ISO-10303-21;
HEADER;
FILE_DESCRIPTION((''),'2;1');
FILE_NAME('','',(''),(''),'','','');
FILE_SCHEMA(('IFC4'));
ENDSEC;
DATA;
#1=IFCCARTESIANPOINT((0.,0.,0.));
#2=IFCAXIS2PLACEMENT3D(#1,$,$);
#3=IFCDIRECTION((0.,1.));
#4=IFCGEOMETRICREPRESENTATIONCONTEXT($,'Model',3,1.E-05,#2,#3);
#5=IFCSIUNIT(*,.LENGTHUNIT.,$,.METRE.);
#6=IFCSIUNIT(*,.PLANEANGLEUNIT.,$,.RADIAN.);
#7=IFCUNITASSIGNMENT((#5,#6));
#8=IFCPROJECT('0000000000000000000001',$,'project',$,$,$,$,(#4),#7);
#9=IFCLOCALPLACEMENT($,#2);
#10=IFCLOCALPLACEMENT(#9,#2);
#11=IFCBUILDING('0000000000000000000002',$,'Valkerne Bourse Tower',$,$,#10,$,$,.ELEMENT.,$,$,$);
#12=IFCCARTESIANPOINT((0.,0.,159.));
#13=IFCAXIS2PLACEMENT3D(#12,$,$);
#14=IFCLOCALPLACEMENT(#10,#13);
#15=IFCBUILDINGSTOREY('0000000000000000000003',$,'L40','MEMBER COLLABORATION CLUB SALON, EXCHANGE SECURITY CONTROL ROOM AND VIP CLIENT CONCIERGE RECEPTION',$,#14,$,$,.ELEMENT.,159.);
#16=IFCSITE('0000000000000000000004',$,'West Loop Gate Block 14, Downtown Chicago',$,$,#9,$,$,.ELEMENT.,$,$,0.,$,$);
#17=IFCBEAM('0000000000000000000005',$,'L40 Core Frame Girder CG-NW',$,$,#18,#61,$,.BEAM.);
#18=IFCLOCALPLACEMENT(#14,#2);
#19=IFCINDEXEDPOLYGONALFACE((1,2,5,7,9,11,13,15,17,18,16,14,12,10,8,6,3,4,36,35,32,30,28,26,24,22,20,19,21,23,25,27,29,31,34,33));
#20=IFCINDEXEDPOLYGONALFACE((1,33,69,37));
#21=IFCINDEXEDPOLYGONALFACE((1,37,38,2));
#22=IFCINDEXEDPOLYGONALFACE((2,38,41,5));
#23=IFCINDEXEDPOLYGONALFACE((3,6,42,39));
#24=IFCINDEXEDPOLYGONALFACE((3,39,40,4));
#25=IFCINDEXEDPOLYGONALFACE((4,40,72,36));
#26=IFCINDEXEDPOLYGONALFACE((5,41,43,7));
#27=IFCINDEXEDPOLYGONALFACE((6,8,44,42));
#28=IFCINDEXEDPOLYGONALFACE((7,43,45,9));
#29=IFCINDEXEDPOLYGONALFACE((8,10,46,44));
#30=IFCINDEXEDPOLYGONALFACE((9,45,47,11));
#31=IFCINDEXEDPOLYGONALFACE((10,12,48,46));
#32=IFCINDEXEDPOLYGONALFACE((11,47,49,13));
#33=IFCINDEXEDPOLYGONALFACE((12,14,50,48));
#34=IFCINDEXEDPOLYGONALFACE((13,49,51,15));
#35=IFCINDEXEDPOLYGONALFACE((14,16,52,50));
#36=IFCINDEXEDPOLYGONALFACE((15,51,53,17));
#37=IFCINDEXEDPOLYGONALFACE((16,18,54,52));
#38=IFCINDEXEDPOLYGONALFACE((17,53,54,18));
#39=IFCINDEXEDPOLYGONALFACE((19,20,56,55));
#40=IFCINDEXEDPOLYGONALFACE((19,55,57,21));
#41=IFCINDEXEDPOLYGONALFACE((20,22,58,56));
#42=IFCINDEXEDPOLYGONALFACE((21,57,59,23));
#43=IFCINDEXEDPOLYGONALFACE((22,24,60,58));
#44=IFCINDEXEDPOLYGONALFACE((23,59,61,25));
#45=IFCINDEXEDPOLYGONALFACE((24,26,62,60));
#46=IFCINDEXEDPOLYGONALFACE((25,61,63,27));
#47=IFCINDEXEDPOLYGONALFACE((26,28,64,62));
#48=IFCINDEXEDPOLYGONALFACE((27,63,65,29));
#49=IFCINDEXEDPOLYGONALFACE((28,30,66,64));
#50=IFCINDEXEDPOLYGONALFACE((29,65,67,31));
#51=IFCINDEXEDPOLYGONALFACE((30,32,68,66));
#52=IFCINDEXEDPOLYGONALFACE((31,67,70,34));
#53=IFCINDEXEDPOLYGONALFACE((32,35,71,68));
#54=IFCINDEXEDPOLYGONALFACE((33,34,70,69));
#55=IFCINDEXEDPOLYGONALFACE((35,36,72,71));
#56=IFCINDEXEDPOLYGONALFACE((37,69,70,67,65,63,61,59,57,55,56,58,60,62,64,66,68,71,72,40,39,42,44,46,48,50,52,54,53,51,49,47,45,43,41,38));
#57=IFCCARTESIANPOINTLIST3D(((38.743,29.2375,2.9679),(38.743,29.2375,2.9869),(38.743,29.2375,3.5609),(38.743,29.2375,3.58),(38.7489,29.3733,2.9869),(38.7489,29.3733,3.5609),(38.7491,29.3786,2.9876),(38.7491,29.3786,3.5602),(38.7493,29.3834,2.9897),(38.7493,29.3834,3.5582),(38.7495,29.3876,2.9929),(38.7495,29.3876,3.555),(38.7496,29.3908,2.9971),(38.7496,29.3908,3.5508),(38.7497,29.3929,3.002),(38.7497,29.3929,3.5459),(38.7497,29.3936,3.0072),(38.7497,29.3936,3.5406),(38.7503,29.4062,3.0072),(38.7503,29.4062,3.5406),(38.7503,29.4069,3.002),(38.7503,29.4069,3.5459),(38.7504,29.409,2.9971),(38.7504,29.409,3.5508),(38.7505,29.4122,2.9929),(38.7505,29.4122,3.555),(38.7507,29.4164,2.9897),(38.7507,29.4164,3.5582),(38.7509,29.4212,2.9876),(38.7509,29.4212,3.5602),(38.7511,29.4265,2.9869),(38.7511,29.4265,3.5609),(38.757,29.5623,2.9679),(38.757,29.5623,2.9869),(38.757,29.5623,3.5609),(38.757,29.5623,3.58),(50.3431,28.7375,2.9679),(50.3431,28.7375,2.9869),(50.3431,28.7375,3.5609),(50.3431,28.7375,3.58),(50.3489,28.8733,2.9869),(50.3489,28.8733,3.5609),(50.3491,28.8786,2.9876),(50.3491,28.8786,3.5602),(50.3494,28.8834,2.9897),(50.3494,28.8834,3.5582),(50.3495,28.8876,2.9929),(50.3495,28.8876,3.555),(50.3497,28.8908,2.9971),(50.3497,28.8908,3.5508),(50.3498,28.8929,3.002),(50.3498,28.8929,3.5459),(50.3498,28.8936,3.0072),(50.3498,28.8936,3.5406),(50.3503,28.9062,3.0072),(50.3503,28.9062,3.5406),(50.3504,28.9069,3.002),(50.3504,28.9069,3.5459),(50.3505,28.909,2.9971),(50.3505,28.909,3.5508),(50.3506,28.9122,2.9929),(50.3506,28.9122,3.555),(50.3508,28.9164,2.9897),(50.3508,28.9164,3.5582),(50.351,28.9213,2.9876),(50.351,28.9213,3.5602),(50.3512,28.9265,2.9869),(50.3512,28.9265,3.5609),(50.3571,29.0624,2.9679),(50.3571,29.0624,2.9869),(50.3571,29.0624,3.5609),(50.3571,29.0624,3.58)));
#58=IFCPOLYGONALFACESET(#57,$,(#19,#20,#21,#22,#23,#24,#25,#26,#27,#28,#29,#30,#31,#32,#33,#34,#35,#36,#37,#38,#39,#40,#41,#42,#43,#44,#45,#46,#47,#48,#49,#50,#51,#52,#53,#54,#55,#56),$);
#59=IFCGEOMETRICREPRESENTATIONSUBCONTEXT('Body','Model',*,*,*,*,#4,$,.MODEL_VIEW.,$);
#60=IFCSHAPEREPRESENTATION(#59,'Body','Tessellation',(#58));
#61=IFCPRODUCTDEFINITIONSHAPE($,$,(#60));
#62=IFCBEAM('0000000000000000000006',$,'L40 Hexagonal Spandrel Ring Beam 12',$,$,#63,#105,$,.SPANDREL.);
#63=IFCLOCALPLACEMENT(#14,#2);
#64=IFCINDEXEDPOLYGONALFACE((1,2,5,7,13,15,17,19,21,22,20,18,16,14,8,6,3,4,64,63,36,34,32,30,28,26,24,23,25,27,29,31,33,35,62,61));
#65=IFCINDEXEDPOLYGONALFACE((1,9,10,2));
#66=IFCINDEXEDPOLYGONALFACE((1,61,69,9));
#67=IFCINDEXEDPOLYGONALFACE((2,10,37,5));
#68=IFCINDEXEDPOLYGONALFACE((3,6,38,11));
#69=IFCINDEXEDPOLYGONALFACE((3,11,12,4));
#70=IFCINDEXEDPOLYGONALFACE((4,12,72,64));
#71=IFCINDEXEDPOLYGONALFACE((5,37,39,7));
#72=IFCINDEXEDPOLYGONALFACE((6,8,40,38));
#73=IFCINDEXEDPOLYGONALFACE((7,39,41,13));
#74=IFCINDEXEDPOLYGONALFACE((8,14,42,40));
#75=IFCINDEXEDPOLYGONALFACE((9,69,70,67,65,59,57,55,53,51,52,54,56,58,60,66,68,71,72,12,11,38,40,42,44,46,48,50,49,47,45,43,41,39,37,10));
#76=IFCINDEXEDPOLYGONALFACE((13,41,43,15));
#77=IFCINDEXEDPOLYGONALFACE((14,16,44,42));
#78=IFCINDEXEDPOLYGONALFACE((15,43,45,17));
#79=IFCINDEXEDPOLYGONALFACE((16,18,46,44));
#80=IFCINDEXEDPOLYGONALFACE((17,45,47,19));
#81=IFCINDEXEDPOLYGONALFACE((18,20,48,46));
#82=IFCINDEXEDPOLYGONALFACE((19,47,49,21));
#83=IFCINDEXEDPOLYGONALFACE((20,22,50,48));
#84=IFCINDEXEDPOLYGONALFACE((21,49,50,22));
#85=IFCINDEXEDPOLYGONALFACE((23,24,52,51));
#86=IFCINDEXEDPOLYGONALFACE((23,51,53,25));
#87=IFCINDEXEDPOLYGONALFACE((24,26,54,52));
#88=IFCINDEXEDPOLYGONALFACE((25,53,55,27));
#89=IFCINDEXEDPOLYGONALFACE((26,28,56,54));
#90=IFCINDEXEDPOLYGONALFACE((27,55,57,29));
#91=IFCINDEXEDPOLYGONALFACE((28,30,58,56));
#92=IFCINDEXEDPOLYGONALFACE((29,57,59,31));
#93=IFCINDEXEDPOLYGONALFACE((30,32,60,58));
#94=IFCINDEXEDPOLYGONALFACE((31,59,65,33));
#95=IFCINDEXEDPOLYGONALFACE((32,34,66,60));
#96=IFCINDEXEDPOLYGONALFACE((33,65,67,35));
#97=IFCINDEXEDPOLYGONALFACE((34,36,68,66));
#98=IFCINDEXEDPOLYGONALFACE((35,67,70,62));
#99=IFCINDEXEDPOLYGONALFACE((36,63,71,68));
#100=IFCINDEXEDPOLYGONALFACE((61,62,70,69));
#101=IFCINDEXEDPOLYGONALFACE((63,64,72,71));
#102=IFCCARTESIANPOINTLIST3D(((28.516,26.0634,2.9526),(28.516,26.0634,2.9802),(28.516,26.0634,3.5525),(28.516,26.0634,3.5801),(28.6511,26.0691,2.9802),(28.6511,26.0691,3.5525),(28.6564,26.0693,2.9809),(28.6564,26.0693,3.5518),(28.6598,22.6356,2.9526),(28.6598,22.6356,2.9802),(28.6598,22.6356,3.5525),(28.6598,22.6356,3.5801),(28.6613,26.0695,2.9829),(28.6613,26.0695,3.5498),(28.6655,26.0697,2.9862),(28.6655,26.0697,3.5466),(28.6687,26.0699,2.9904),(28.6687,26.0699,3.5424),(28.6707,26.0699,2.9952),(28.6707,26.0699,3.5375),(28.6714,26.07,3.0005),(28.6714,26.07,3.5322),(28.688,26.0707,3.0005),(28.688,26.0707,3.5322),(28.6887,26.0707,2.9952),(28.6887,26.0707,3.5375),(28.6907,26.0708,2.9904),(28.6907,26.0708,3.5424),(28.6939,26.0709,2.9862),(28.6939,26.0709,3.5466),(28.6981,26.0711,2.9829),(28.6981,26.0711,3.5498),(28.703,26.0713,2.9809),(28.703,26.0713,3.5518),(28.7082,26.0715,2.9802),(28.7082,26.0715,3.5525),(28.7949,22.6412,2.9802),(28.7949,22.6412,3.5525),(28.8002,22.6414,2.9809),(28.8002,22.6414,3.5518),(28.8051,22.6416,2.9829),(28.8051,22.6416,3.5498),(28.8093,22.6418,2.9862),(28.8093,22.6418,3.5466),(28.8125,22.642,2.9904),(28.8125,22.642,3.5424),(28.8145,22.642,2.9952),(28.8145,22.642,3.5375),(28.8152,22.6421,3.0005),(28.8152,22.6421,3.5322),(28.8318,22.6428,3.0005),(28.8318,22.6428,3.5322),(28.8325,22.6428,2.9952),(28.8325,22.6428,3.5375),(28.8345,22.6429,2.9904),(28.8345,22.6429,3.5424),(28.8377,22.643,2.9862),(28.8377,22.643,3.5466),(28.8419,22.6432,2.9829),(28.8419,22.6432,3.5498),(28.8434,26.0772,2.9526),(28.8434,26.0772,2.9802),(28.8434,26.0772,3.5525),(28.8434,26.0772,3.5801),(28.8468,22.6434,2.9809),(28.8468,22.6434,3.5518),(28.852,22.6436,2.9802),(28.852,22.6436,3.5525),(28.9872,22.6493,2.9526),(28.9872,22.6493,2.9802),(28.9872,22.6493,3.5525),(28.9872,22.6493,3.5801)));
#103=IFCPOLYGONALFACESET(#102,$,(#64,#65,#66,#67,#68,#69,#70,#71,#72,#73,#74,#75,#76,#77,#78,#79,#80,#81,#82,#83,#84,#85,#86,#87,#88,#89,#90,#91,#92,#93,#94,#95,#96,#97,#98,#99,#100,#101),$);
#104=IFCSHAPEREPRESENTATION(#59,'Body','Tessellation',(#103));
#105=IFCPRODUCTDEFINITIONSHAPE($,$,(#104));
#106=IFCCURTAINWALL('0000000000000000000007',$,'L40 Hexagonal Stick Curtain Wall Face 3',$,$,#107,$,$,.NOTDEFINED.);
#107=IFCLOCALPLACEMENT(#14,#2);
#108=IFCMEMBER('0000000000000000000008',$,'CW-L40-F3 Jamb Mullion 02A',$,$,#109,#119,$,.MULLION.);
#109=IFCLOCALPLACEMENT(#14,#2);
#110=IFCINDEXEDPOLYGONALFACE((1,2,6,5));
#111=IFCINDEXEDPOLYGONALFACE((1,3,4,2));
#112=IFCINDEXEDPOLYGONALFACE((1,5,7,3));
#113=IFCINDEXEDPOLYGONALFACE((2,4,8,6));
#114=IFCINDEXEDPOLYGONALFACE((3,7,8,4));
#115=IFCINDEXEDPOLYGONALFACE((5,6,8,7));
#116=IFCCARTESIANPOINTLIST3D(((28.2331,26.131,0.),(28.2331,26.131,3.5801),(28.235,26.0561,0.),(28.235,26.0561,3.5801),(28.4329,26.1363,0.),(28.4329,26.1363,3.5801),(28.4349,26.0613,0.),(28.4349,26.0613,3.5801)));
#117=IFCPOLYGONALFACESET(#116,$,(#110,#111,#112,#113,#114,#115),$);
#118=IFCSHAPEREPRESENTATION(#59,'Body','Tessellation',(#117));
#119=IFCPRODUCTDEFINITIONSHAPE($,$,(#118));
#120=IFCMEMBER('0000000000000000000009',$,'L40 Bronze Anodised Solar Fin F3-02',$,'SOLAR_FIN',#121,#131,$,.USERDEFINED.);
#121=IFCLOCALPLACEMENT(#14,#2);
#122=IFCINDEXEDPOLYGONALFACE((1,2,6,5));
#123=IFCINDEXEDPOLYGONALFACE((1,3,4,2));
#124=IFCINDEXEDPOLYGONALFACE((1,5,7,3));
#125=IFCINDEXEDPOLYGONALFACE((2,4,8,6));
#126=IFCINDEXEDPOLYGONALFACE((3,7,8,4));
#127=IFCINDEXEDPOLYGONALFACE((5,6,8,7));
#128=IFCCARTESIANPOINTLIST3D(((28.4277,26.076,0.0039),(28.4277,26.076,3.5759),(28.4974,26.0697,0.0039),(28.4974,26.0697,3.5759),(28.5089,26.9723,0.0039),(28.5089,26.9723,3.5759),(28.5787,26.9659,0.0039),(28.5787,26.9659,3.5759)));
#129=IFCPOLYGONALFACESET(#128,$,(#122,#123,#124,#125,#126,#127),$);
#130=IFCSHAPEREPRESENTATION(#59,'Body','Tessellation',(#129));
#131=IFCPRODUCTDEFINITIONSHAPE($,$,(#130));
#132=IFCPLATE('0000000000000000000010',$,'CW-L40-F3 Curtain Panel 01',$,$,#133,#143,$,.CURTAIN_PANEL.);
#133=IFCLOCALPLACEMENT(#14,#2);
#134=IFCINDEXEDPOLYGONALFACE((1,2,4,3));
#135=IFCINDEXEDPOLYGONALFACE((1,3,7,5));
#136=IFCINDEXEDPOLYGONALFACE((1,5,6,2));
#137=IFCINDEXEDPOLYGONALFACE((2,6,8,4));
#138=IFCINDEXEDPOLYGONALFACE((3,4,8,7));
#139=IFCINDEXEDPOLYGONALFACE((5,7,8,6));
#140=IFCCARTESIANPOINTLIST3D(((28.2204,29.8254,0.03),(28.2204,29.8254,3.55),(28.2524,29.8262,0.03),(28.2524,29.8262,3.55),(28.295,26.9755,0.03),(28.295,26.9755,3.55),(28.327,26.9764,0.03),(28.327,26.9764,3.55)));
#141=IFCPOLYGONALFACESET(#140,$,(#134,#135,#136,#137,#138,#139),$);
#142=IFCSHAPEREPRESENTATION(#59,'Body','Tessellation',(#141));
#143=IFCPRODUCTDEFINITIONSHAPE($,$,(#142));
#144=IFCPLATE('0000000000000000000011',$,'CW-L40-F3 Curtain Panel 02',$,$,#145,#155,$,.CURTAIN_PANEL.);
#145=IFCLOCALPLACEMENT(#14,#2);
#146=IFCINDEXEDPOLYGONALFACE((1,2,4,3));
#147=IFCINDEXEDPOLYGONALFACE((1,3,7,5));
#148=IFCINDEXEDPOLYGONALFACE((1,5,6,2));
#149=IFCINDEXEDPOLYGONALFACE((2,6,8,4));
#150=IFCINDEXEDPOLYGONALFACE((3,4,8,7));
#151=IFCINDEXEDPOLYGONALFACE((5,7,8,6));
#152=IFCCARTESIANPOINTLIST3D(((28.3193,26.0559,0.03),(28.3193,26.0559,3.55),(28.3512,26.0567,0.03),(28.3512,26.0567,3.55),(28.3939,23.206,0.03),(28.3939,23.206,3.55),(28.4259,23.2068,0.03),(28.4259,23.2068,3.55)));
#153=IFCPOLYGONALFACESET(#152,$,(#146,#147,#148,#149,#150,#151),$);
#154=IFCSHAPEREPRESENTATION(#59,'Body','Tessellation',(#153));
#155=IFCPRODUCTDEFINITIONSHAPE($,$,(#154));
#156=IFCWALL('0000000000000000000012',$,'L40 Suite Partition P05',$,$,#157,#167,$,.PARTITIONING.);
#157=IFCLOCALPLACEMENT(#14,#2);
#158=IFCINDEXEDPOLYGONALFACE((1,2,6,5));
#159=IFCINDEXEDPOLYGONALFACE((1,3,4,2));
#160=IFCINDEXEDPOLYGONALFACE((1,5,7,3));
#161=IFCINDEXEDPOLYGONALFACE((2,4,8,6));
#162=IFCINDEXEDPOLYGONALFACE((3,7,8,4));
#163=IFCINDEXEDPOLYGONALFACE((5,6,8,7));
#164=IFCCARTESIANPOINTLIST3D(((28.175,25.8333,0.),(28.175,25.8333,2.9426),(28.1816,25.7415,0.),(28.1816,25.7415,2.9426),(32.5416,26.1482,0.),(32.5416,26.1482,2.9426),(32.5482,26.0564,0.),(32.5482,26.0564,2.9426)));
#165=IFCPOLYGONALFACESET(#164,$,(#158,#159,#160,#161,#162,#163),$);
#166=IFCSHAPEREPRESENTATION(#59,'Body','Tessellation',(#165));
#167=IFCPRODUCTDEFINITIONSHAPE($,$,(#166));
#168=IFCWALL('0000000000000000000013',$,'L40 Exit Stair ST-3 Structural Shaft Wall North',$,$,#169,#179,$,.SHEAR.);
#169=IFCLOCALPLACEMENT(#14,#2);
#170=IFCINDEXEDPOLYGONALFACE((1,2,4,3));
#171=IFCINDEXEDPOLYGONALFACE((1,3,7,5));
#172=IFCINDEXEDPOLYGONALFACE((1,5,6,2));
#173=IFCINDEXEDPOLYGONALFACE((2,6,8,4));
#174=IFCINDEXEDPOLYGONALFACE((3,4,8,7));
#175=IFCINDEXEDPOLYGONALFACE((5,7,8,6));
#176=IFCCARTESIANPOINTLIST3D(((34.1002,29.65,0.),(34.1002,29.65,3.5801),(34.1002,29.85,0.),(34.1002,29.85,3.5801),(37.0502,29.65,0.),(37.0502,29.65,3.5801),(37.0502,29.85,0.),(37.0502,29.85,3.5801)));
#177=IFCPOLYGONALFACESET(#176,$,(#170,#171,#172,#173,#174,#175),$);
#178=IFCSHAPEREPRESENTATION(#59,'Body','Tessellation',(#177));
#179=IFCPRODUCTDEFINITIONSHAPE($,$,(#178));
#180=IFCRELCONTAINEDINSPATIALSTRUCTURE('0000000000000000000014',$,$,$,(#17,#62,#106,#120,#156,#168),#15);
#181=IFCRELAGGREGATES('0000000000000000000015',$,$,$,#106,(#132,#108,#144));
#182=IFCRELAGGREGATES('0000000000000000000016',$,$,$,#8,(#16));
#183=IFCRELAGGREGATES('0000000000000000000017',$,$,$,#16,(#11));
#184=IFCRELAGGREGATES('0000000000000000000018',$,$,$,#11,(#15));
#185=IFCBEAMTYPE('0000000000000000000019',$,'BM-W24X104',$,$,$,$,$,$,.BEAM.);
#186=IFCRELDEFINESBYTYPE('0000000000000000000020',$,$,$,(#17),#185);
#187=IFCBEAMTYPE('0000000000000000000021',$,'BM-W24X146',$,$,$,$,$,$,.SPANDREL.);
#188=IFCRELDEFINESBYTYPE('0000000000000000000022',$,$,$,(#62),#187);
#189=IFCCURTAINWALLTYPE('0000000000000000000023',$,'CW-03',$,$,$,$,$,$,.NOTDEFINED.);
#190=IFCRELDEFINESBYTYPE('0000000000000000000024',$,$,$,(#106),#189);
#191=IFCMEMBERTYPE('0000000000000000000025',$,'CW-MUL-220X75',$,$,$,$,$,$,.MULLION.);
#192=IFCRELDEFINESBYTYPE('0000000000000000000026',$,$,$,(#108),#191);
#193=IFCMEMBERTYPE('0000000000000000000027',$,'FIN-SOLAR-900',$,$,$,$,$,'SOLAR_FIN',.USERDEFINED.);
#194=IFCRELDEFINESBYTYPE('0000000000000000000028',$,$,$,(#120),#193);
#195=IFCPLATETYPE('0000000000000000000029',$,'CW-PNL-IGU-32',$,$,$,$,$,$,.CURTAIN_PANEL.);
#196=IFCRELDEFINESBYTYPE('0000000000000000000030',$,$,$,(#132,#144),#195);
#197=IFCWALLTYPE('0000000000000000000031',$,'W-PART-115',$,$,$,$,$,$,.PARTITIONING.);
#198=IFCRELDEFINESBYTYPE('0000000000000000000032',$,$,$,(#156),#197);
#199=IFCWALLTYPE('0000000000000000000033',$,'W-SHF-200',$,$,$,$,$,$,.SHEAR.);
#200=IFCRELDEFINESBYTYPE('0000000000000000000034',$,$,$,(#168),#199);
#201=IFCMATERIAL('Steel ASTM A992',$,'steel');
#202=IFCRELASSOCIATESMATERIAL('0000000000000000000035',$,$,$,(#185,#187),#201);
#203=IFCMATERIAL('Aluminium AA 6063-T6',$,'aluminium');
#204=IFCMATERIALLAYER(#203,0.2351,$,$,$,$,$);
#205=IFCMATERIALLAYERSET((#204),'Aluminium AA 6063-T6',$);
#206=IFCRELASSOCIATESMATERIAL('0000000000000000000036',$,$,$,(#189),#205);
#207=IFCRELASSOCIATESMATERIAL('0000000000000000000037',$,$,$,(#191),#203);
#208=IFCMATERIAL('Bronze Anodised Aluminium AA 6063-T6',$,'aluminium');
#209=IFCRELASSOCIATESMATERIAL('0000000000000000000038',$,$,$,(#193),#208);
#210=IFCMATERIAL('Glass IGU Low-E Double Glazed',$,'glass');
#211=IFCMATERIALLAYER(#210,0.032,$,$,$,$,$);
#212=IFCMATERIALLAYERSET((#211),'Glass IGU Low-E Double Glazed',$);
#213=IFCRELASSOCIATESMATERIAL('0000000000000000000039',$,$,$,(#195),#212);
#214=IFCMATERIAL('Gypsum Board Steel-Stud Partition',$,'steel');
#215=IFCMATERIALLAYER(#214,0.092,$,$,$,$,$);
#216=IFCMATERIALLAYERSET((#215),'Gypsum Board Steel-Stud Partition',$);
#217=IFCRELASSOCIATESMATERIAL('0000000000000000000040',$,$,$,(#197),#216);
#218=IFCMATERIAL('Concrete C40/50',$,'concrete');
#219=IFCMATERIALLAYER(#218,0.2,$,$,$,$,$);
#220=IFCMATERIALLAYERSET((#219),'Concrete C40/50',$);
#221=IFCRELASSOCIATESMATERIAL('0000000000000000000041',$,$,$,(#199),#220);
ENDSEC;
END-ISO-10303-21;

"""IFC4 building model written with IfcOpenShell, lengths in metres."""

from ifc_helpers import new_model, si_unit, direction, frame, frame_2d, origin, origin_2d, place, context, subcontext, project, spatial, rectangle, i_section, extrude, material, layer, layer_set, material_profile, profile_set, type_object, element, aggregate, save


model = new_model("IFC4")

# Units and contexts
model_context = context("Model", 3, precision=1e-05, world=origin(), true_north=direction((0.0, 1.0)))
body_context = subcontext(model_context, "Body", "Model", "MODEL_VIEW")
ifc_project = project(units=[si_unit("LENGTHUNIT", "METRE"), si_unit("PLANEANGLEUNIT", "RADIAN")], contexts=[model_context])

# Site, building, storey
site_placement = place(None, origin())
site = spatial("IfcSite", under=ifc_project, at=site_placement, Name="West Loop Gate Block 14, Downtown Chicago", CompositionType="ELEMENT", RefElevation=0.0)
building_placement = place(site_placement, origin())
building = spatial("IfcBuilding", under=site, at=building_placement, Name="Valkerne Bourse Tower", CompositionType="ELEMENT")
storey_placement = place(building_placement, frame((0.0, 0.0, 159.0)))
storey = spatial("IfcBuildingStorey", under=building, at=storey_placement, Name="L40", Description="MEMBER COLLABORATION CLUB SALON, EXCHANGE SECURITY CONTROL ROOM AND VIP CLIENT CONCIERGE RECEPTION", CompositionType="ELEMENT", Elevation=159.0)

# Beams
ifc_material_1 = material(Name="Steel ASTM A992", Category="steel")
ifc_material_profile_1 = material_profile(ifc_material_1, i_section(OverallWidth=0.3252, OverallDepth=0.6121, WebThickness=0.0127, FlangeThickness=0.019, FilletRadius=0.0203, at=origin_2d()), Name="W24X104")
ifc_profile_set_1 = profile_set([ifc_material_profile_1], Name="Steel ASTM A992")
beam_type_1 = type_object("IfcBeamType", Name="BM-W24X104", PredefinedType="BEAM", material=ifc_profile_set_1)
beam_1_placement = place(storey_placement, frame((38.75, 29.3999, 3.2739), z_axis=(0.999072, -0.043063, 0.0), x_axis=(0.043063, 0.999072, 0.0)))
element("IfcBeam", 1, at=beam_1_placement, inside=storey, type_object=beam_type_1, Name="L40 Core Frame Girder CG-NW", PredefinedType="BEAM", context=body_context, shape_type="SweptSolid", body=[
    extrude(i_section(OverallWidth=0.3252, OverallDepth=0.6121, WebThickness=0.0127, FlangeThickness=0.019, FilletRadius=0.0203, at=origin_2d()), origin(), (0.0, 0.0, 1.0), 11.6108),
])
ifc_material_profile_2 = material_profile(ifc_material_1, i_section(OverallWidth=0.3276, OverallDepth=0.6274, WebThickness=0.0166, FlangeThickness=0.0276, FilletRadius=0.0203, at=origin_2d()), Name="W24X146")
ifc_profile_set_2 = profile_set([ifc_material_profile_2], Name="Steel ASTM A992")
beam_type_2 = type_object("IfcBeamType", Name="BM-W24X146", PredefinedType="SPANDREL", material=ifc_profile_set_2)
beam_2_placement = place(storey_placement, frame((28.6797, 26.0703, 3.2664), z_axis=(0.041912, -0.999121, 0.0), x_axis=(0.999121, 0.041912, 0.0)))
element("IfcBeam", 2, at=beam_2_placement, inside=storey, type_object=beam_type_2, Name="L40 Hexagonal Spandrel Ring Beam 12", PredefinedType="SPANDREL", context=body_context, shape_type="SweptSolid", body=[
    extrude(i_section(OverallWidth=0.3276, OverallDepth=0.6274, WebThickness=0.0166, FlangeThickness=0.0276, FilletRadius=0.0203, at=origin_2d()), origin(), (0.0, 0.0, 1.0), 3.4309),
])

# Curtain wall, member
ifc_material_2 = material(Name="Aluminium AA 6063-T6", Category="aluminium")
ifc_layer_1 = layer(ifc_material_2, 0.2351)
ifc_layer_set_1 = layer_set([ifc_layer_1], Name="Aluminium AA 6063-T6")
curtain_wall_type = type_object("IfcCurtainWallType", Name="CW-03", PredefinedType="NOTDEFINED", material=ifc_layer_set_1)
curtain_wall_placement = place(storey_placement, origin())
curtain_wall = element("IfcCurtainWall", 3, at=curtain_wall_placement, inside=storey, type_object=curtain_wall_type, Name="L40 Hexagonal Stick Curtain Wall Face 3", PredefinedType="NOTDEFINED")
ifc_material_profile_3 = material_profile(ifc_material_2, rectangle(XDim=0.075, YDim=0.2, at=origin_2d()), Name="CWM-75X200")
ifc_profile_set_3 = profile_set([ifc_material_profile_3], Name="Aluminium AA 6063-T6")
member_type_1 = type_object("IfcMemberType", Name="CW-MUL-220X75", PredefinedType="MULLION", material=ifc_profile_set_3)
member_1_placement = place(storey_placement, frame((28.334, 26.0962, 0.0), z_axis=(0.0, 0.0, 1.0), x_axis=(0.026173, -0.999657, 0.0)))
member_1 = element("IfcMember", 4, at=member_1_placement, type_object=member_type_1, Name="CW-L40-F3 Jamb Mullion 02A", PredefinedType="MULLION", context=body_context, shape_type="SweptSolid", body=[
    extrude(rectangle(XDim=0.075, YDim=0.2, at=origin_2d()), origin(), (0.0, 0.0, 1.0), 3.5801),
])

# Member
ifc_material_3 = material(Name="Bronze Anodised Aluminium AA 6063-T6", Category="aluminium")
ifc_material_profile_4 = material_profile(ifc_material_3, rectangle(XDim=0.0701, YDim=0.8999, at=origin_2d()), Name="FIN-70X900")
ifc_profile_set_4 = profile_set([ifc_material_profile_4], Name="Bronze Anodised Aluminium AA 6063-T6")
member_type_2 = type_object("IfcMemberType", Name="FIN-SOLAR-900", ElementType="SOLAR_FIN", PredefinedType="USERDEFINED", material=ifc_profile_set_4)
member_2_placement = place(storey_placement, frame((28.5032, 26.521, 0.0039), z_axis=(0.0, 0.0, 1.0), x_axis=(-0.995915, 0.090293, 0.0)))
element("IfcMember", 5, at=member_2_placement, inside=storey, type_object=member_type_2, Name="L40 Bronze Anodised Solar Fin F3-02", ObjectType="SOLAR_FIN", PredefinedType="USERDEFINED", context=body_context, shape_type="SweptSolid", body=[
    extrude(rectangle(XDim=0.0701, YDim=0.8999, at=origin_2d()), origin(), (0.0, 0.0, 1.0), 3.572),
])

# Plates
ifc_material_4 = material(Name="Glass IGU Low-E Double Glazed", Category="glass")
ifc_layer_2 = layer(ifc_material_4, 0.032)
ifc_layer_set_2 = layer_set([ifc_layer_2], Name="Glass IGU Low-E Double Glazed")
plate_type = type_object("IfcPlateType", Name="CW-PNL-IGU-32", PredefinedType="CURTAIN_PANEL", material=ifc_layer_set_2)
plate_1_placement = place(storey_placement, frame((28.2737, 28.4009, 0.03), z_axis=(0.0, 0.0, 1.0), x_axis=(0.026173, -0.999657, 0.0)))
plate_1 = element("IfcPlate", 6, at=plate_1_placement, type_object=plate_type, Name="CW-L40-F3 Curtain Panel 01", PredefinedType="CURTAIN_PANEL", context=body_context, shape_type="SweptSolid", body=[
    extrude(rectangle(XDim=2.8508, YDim=0.032, at=origin_2d()), origin(), (0.0, 0.0, 1.0), 3.52),
])
plate_2_placement = place(storey_placement, frame((28.3726, 24.6313, 0.03), z_axis=(0.0, 0.0, 1.0), x_axis=(0.026173, -0.999657, 0.0)))
plate_2 = element("IfcPlate", 7, at=plate_2_placement, type_object=plate_type, Name="CW-L40-F3 Curtain Panel 02", PredefinedType="CURTAIN_PANEL", context=body_context, shape_type="SweptSolid", body=[
    extrude(rectangle(XDim=2.8508, YDim=0.032, at=origin_2d()), origin(), (0.0, 0.0, 1.0), 3.52),
])
aggregate(curtain_wall, [plate_1, member_1, plate_2])

# Walls
ifc_material_5 = material(Name="Gypsum Board Steel-Stud Partition", Category="steel")
ifc_layer_3 = layer(ifc_material_5, 0.092)
ifc_layer_set_3 = layer_set([ifc_layer_3], Name="Gypsum Board Steel-Stud Partition")
wall_type_1 = type_object("IfcWallType", Name="W-PART-115", PredefinedType="PARTITIONING", material=ifc_layer_set_3)
wall_1_placement = place(storey_placement, frame((32.5449, 26.1023, 0.0), z_axis=(0.0, 0.0, 1.0), x_axis=(-0.997409, -0.071937, 0.0)))
element("IfcWall", 8, at=wall_1_placement, inside=storey, type_object=wall_type_1, Name="L40 Suite Partition P05", PredefinedType="PARTITIONING", context=body_context, shape_type="SweptSolid", body=[
    extrude(rectangle(XDim=4.3779, YDim=0.092, at=frame_2d((2.189, 0.0))), origin(), (0.0, 0.0, 1.0), 2.9426),
])
ifc_material_6 = material(Name="Concrete C40/50", Category="concrete")
ifc_layer_4 = layer(ifc_material_6, 0.2)
ifc_layer_set_4 = layer_set([ifc_layer_4], Name="Concrete C40/50")
wall_type_2 = type_object("IfcWallType", Name="W-SHF-200", PredefinedType="SHEAR", material=ifc_layer_set_4)
wall_2_placement = place(storey_placement, frame((34.1001, 29.75, 0.0), z_axis=(0.0, 0.0, 1.0), x_axis=(1.0, 0.0, 0.0)))
element("IfcWall", 9, at=wall_2_placement, inside=storey, type_object=wall_type_2, Name="L40 Exit Stair ST-3 Structural Shaft Wall North", PredefinedType="SHEAR", context=body_context, shape_type="SweptSolid", body=[
    extrude(rectangle(XDim=2.95, YDim=0.2, at=frame_2d((1.4751, 0.0))), origin(), (0.0, 0.0, 1.0), 3.5801),
])

save(model, "model.ifc")
